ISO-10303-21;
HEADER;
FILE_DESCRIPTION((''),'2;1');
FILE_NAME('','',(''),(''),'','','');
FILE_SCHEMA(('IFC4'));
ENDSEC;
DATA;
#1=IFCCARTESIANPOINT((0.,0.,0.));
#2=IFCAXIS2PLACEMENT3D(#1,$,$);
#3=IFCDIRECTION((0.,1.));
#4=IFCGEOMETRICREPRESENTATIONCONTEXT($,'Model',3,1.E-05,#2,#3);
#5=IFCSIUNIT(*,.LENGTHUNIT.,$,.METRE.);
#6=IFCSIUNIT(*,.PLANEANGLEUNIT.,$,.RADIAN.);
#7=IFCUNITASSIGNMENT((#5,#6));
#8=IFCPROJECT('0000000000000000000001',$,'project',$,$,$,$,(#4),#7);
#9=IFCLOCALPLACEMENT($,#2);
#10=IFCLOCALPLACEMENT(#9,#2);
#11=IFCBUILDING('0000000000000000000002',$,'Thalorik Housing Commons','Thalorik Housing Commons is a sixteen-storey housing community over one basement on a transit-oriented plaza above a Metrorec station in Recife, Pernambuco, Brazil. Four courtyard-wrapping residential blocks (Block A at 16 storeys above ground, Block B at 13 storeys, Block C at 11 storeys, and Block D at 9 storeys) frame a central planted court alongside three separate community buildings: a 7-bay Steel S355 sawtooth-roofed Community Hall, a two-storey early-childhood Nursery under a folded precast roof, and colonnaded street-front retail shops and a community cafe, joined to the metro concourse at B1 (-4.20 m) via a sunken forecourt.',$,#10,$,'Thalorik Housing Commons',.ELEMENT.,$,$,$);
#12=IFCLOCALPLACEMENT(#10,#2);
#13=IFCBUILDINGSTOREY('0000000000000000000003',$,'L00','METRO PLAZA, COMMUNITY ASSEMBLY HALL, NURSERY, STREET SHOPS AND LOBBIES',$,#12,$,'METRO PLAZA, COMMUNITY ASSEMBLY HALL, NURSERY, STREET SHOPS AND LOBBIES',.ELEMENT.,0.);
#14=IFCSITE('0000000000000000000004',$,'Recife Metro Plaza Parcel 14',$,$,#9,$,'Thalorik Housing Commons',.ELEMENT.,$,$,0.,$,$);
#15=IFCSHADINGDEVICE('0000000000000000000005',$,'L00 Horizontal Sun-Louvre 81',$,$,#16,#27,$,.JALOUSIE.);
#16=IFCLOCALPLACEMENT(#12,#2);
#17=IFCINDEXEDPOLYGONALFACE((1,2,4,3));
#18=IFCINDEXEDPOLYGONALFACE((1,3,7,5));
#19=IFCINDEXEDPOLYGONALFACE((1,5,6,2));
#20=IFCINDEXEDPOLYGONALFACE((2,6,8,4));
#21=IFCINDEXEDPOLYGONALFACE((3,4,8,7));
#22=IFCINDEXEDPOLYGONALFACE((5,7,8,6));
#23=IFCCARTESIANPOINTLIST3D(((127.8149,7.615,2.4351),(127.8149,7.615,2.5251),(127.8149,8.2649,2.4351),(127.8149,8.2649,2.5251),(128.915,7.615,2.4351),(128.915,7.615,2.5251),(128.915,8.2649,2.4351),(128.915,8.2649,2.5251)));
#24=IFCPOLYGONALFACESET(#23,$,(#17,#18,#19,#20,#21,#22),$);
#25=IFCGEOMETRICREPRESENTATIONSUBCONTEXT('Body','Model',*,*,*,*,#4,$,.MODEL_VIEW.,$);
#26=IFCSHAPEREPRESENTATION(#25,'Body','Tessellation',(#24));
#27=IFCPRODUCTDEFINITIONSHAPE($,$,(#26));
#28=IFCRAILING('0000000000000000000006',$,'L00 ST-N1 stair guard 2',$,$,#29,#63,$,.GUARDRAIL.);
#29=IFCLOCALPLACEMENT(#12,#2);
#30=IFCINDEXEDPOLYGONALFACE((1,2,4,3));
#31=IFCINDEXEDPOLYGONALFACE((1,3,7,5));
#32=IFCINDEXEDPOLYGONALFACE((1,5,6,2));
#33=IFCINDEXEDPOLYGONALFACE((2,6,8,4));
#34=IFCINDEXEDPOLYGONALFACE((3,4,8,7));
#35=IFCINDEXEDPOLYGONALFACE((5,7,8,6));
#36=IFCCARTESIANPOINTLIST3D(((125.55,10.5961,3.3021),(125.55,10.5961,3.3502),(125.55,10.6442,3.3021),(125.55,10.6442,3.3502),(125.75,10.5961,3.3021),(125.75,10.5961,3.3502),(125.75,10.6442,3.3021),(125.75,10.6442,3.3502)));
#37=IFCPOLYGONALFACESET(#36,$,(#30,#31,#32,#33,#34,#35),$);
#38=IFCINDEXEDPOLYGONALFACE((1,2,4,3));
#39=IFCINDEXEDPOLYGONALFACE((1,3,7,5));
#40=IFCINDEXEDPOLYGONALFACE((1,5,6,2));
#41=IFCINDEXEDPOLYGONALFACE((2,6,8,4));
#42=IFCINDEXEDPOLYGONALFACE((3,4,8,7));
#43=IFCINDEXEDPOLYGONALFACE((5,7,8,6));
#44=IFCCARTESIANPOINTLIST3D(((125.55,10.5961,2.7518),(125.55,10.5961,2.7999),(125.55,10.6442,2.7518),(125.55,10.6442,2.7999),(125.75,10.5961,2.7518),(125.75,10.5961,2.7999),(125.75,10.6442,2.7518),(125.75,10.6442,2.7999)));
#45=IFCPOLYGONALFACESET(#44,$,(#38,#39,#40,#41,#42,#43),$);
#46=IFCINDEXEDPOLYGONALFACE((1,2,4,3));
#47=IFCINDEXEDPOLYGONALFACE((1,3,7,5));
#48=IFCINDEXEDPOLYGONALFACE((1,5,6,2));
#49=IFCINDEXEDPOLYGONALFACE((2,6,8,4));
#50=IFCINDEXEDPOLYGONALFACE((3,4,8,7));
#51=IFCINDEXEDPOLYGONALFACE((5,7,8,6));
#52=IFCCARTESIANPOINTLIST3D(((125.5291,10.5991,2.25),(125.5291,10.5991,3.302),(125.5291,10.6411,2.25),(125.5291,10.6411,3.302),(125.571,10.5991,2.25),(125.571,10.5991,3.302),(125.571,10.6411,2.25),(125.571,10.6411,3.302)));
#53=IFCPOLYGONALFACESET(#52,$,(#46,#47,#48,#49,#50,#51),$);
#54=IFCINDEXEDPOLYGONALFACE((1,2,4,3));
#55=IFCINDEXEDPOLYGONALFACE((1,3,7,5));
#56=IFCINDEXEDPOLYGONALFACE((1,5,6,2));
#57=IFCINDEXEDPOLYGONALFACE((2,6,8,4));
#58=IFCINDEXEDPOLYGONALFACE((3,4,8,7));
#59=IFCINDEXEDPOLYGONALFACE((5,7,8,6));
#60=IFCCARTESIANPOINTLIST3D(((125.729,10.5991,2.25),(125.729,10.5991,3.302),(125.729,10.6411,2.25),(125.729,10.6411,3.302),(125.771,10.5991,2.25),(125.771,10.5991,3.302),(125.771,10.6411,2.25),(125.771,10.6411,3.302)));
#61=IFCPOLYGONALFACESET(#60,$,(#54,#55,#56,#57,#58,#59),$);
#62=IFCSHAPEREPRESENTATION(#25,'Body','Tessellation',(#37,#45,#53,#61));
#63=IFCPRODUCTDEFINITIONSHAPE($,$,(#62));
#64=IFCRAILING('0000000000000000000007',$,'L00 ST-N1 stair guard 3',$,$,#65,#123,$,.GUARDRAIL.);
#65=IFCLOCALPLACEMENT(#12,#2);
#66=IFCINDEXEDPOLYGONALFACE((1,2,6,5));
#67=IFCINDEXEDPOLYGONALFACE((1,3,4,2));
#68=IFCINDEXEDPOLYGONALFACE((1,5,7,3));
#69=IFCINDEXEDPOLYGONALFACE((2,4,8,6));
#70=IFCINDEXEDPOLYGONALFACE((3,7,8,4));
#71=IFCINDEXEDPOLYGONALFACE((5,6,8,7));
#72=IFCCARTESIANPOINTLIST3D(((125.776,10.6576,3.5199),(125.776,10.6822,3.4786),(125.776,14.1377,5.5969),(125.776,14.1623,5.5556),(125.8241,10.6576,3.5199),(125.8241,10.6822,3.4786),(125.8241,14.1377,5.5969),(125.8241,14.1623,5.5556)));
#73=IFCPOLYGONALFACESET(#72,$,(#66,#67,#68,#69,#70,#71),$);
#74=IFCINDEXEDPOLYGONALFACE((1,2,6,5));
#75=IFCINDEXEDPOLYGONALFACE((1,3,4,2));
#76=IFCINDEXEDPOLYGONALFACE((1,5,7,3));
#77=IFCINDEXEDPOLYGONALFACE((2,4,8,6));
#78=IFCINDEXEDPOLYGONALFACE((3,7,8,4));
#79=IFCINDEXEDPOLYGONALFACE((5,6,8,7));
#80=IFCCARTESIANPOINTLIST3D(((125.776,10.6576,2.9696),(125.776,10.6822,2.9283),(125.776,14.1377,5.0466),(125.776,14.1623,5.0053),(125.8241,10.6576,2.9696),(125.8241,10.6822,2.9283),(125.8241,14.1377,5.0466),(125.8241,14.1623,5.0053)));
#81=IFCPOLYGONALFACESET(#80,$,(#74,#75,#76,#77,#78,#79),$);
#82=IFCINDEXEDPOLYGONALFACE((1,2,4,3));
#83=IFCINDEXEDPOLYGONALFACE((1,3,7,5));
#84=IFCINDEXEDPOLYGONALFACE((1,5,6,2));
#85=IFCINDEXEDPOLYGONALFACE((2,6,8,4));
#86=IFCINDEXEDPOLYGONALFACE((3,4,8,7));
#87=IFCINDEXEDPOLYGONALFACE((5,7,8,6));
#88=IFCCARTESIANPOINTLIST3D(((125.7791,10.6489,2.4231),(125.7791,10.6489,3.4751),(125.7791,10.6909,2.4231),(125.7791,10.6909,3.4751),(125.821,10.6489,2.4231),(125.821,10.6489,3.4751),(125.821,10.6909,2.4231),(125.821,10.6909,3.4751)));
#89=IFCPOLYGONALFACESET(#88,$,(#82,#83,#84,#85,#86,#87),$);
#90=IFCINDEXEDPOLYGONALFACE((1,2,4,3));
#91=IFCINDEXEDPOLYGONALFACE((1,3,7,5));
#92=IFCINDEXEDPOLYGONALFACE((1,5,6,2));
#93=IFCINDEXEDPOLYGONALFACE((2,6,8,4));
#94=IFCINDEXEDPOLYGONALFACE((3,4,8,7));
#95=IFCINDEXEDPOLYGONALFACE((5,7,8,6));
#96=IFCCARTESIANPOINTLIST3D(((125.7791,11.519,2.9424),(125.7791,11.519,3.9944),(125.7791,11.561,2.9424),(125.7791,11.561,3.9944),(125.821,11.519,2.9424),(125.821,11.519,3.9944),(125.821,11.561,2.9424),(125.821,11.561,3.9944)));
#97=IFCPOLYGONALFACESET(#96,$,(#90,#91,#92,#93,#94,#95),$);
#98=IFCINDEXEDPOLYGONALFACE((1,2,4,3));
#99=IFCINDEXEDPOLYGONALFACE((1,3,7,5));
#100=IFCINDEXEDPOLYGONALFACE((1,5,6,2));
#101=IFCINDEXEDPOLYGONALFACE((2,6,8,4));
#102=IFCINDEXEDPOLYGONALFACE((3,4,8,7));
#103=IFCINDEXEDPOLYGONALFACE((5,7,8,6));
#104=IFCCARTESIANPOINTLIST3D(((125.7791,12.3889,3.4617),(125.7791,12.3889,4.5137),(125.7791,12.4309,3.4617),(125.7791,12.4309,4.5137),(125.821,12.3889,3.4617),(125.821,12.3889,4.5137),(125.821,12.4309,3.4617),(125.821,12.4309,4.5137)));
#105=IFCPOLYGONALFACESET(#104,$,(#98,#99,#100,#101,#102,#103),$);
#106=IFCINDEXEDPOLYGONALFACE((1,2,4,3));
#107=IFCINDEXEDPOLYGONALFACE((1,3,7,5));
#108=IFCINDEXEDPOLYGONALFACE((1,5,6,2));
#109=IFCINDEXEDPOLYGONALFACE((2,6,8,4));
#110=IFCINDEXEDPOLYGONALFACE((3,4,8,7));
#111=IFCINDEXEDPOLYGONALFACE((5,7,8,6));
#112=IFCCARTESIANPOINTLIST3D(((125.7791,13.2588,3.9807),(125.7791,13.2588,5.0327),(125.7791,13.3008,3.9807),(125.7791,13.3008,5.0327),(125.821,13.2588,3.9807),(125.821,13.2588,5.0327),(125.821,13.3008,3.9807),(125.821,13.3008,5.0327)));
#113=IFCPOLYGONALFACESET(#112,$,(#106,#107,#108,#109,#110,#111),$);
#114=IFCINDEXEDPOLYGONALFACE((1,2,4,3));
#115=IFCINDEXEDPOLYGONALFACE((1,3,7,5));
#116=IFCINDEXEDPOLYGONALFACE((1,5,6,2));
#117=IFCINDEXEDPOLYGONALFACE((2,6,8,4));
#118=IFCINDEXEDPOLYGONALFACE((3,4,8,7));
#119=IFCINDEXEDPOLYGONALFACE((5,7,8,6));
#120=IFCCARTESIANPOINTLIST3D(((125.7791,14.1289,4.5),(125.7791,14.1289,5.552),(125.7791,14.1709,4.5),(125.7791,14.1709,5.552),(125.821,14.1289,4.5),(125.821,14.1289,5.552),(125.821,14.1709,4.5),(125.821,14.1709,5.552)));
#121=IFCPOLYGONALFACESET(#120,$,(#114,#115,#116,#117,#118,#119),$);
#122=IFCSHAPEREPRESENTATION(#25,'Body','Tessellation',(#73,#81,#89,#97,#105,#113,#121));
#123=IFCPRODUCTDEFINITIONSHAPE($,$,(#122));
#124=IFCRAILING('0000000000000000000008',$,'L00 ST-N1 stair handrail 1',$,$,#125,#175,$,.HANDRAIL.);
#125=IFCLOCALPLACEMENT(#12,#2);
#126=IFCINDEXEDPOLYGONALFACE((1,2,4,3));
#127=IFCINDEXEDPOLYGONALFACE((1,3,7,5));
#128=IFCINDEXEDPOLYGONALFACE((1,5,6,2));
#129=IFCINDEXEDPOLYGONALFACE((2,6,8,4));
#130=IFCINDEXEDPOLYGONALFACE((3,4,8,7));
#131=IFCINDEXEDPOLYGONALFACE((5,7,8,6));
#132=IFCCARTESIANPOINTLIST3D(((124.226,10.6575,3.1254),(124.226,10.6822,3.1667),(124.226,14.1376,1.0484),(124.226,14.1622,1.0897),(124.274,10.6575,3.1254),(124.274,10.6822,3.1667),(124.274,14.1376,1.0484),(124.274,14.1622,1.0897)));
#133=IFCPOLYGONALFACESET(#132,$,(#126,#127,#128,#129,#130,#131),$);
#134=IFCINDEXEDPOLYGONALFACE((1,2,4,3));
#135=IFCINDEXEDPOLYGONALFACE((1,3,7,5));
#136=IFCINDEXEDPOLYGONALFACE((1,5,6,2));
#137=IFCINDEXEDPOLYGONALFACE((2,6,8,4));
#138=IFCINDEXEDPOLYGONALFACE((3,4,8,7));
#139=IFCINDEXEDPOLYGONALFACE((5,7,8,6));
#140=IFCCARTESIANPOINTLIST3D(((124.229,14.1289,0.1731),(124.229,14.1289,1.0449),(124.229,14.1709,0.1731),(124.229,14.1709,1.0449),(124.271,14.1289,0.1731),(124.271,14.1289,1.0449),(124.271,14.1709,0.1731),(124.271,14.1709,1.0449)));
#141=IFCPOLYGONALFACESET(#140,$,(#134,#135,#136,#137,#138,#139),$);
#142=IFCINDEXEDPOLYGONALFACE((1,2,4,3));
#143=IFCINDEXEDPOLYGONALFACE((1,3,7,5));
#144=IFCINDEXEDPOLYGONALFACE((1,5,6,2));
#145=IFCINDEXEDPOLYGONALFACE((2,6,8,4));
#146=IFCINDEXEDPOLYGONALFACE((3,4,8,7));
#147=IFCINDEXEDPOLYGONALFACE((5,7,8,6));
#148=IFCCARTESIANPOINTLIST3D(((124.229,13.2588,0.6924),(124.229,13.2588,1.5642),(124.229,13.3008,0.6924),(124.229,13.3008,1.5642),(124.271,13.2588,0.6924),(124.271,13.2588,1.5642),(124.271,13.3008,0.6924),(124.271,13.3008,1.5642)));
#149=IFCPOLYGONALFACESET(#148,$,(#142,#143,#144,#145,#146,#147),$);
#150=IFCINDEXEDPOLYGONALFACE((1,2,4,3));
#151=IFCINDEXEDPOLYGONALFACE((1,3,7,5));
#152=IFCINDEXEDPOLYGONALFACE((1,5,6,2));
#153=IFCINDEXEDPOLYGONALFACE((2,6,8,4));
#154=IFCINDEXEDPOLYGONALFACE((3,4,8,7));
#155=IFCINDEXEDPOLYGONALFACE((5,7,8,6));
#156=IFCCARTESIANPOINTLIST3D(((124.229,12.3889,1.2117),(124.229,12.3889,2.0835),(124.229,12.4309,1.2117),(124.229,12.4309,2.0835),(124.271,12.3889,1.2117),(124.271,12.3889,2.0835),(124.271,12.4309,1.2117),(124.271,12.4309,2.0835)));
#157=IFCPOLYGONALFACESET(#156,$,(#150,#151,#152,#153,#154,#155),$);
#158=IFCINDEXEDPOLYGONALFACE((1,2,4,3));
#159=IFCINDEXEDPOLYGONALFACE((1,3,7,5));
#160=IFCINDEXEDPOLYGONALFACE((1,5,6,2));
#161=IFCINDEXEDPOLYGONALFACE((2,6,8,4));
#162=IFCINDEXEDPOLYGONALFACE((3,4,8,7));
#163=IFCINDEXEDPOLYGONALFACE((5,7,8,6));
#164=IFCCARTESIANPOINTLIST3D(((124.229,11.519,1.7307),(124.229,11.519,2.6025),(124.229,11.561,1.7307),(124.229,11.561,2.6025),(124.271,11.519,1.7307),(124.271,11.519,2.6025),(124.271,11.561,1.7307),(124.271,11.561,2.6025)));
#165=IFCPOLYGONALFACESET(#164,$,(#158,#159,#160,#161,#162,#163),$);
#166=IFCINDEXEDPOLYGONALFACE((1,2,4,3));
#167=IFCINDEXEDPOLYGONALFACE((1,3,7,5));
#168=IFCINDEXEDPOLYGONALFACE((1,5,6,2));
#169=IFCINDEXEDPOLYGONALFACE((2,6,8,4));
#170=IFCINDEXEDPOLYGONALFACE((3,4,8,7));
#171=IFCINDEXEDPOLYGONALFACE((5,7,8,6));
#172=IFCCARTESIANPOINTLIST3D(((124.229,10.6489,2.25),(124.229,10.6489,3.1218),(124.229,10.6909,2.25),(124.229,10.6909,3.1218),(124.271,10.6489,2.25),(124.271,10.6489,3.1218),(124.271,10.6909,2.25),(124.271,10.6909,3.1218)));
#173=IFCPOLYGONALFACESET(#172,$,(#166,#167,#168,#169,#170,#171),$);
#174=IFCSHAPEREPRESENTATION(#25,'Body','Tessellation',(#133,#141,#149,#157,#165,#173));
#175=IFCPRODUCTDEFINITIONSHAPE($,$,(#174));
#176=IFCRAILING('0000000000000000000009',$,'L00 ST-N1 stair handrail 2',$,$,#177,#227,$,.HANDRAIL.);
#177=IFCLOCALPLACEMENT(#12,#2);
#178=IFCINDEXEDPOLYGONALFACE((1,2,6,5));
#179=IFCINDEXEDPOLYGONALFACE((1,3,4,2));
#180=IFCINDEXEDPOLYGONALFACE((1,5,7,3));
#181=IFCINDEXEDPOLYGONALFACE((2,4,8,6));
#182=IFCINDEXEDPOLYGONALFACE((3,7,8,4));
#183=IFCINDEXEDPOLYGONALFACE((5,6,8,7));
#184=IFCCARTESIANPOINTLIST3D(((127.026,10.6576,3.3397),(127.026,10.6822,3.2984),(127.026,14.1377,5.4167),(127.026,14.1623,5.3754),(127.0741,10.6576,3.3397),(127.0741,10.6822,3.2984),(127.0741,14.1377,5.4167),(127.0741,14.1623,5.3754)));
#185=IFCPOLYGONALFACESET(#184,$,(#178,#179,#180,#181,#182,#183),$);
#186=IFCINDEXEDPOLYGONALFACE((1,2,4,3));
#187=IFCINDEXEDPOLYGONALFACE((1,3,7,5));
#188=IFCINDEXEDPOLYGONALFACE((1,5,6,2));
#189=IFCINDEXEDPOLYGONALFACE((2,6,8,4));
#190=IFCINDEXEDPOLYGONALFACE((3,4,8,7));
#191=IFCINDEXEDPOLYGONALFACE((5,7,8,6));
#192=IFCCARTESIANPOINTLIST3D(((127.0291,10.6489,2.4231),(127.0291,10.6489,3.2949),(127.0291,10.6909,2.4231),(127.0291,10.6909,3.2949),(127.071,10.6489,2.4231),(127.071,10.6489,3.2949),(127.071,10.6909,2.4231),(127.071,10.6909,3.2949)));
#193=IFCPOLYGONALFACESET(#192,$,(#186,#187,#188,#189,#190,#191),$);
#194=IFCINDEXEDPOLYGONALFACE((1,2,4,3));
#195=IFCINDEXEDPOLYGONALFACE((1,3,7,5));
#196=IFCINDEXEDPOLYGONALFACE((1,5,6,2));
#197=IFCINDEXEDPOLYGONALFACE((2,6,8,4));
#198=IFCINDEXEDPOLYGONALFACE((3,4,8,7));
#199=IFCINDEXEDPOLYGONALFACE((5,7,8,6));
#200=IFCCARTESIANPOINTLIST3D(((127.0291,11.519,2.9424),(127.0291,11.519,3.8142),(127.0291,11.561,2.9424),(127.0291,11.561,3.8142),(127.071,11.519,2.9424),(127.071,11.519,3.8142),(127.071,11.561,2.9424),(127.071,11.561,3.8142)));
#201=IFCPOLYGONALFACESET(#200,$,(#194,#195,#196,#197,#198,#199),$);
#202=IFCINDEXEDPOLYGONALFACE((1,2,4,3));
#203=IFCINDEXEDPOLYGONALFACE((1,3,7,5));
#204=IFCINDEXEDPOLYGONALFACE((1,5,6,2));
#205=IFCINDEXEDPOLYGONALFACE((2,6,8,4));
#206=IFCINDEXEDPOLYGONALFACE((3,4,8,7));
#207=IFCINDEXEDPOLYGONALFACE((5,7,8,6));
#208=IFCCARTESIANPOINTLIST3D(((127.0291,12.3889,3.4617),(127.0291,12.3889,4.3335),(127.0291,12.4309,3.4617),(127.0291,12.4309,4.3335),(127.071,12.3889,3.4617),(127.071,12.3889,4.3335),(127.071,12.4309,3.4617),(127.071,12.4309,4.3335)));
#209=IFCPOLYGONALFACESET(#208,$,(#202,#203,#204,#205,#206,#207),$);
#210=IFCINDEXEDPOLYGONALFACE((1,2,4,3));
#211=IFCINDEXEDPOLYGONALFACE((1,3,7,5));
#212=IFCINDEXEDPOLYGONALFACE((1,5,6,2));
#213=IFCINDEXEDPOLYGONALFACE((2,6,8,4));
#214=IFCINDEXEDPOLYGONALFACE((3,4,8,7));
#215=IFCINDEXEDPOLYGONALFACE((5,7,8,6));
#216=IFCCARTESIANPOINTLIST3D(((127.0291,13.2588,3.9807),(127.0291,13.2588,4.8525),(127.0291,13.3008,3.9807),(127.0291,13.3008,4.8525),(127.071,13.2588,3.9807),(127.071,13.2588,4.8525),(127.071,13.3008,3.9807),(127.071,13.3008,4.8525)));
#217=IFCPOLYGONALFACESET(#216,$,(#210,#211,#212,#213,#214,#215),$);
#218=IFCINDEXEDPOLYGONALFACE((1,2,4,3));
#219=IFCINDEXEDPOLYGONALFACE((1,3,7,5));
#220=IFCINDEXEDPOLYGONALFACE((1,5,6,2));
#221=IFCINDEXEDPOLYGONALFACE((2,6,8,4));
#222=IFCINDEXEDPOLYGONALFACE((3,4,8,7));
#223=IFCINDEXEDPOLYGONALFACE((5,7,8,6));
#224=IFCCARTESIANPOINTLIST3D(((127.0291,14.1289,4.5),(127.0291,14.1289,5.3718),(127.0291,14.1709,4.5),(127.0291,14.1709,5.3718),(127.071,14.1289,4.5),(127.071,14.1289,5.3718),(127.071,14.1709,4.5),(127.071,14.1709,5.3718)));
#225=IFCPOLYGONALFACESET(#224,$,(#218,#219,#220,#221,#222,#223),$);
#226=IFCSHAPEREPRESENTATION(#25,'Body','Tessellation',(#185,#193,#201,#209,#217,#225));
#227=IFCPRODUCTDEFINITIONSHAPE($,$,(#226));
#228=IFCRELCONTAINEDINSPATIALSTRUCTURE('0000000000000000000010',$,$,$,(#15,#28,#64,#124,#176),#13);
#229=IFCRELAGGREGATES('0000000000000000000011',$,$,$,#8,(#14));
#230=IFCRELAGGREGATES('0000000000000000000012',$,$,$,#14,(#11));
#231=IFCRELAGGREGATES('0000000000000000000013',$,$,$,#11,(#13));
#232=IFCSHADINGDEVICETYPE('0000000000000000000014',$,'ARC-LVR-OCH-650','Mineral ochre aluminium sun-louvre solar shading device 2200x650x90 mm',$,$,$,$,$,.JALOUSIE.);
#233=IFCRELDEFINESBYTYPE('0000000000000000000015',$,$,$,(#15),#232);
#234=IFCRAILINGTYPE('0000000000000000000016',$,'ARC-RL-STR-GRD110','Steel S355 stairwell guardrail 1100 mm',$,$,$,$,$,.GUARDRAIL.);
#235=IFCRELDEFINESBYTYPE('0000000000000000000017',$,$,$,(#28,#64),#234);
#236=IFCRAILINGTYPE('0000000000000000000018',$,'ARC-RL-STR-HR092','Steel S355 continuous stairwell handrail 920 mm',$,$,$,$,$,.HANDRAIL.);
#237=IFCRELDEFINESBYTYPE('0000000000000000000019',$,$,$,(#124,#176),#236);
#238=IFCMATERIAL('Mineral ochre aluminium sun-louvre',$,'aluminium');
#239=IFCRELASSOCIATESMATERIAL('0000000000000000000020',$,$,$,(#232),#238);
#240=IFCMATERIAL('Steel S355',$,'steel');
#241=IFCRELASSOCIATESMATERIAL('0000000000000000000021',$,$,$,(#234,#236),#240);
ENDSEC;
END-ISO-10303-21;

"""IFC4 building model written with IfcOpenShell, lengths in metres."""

from ifc_helpers import new_model, si_unit, direction, frame, origin, origin_2d, place, context, subcontext, project, spatial, rectangle, extrude, material, type_object, element, save


model = new_model("IFC4")

# Units and contexts
model_context = context("Model", 3, precision=1e-05, world=origin(), true_north=direction((0.0, 1.0)))
body_context = subcontext(model_context, "Body", "Model", "MODEL_VIEW")
ifc_project = project(units=[si_unit("LENGTHUNIT", "METRE"), si_unit("PLANEANGLEUNIT", "RADIAN")], contexts=[model_context])

# Site, building, storey
site_placement = place(None, origin())
site = spatial("IfcSite", under=ifc_project, at=site_placement, Name="Recife Metro Plaza Parcel 14", LongName="Thalorik Housing Commons", CompositionType="ELEMENT", RefElevation=0.0)
building_placement = place(site_placement, origin())
building = spatial("IfcBuilding", under=site, at=building_placement, Name="Thalorik Housing Commons", Description="Thalorik Housing Commons is a sixteen-storey housing community over one basement on a transit-oriented plaza above a Metrorec station in Recife, Pernambuco, Brazil. Four courtyard-wrapping residential blocks (Block A at 16 storeys above ground, Block B at 13 storeys, Block C at 11 storeys, and Block D at 9 storeys) frame a central planted court alongside three separate community buildings: a 7-bay Steel S355 sawtooth-roofed Community Hall, a two-storey early-childhood Nursery under a folded precast roof, and colonnaded street-front retail shops and a community cafe, joined to the metro concourse at B1 (-4.20 m) via a sunken forecourt.", LongName="Thalorik Housing Commons", CompositionType="ELEMENT")
storey_placement = place(building_placement, origin())
storey = spatial("IfcBuildingStorey", under=building, at=storey_placement, Name="L00", Description="METRO PLAZA, COMMUNITY ASSEMBLY HALL, NURSERY, STREET SHOPS AND LOBBIES", LongName="METRO PLAZA, COMMUNITY ASSEMBLY HALL, NURSERY, STREET SHOPS AND LOBBIES", CompositionType="ELEMENT", Elevation=0.0)

# Shared definitions
ifc_material_1 = material(Name="Steel S355", Category="steel")

# Shading device
ifc_material_2 = material(Name="Mineral ochre aluminium sun-louvre", Category="aluminium")
shading_device_type = type_object("IfcShadingDeviceType", Name="ARC-LVR-OCH-650", Description="Mineral ochre aluminium sun-louvre solar shading device 2200x650x90 mm", PredefinedType="JALOUSIE", material=ifc_material_2)
for number, where, z_axis, x_axis, name in (
    (1, (128.365, 7.9399, 2.4351), (0.0, 0.0, 1.0), (1.0, 0.0, 0.0), "L00 Horizontal Sun-Louvre 81"),
):
    element("IfcShadingDevice", number, at=place(storey_placement, frame(where, z_axis=z_axis, x_axis=x_axis)), inside=storey, type_object=shading_device_type, Name=name, PredefinedType="JALOUSIE", context=body_context, shape_type="SweptSolid", body=[
        extrude(rectangle(XDim=1.1001, YDim=0.6499, at=origin_2d()), origin(), (0.0, 0.0, 1.0), 0.0901),
    ])

# Railings
railing_type_1 = type_object("IfcRailingType", Name="ARC-RL-STR-GRD110", Description="Steel S355 stairwell guardrail 1100 mm", PredefinedType="GUARDRAIL", material=ifc_material_1)
railing_1_placement = place(storey_placement, frame((125.55, 10.6201, 2.25)))
element("IfcRailing", 2, at=railing_1_placement, inside=storey, type_object=railing_type_1, Name="L00 ST-N1 stair guard 2", PredefinedType="GUARDRAIL", context=body_context, shape_type="SweptSolid", body=[
    extrude(rectangle(XDim=0.0481, YDim=0.0481, at=origin_2d()), frame((0.0, 0.0, 1.0762), z_axis=(1.0, 0.0, 0.0), x_axis=(0.0, 1.0, 0.0)), (0.0, 0.0, 1.0), 0.2),
    extrude(rectangle(XDim=0.0481, YDim=0.0481, at=origin_2d()), frame((0.0, 0.0, 0.5259), z_axis=(1.0, 0.0, 0.0), x_axis=(0.0, 1.0, 0.0)), (0.0, 0.0, 1.0), 0.2),
    extrude(rectangle(XDim=0.042, YDim=0.042, at=origin_2d()), origin(), (0.0, 0.0, 1.0), 1.052),
    extrude(rectangle(XDim=0.042, YDim=0.042, at=origin_2d()), frame((0.2, 0.0, 0.0)), (0.0, 0.0, 1.0), 1.052),
])
railing_2_placement = place(storey_placement, frame((125.8, 10.6699, 2.4231)))
element("IfcRailing", 3, at=railing_2_placement, inside=storey, type_object=railing_type_1, Name="L00 ST-N1 stair guard 3", PredefinedType="GUARDRAIL", context=body_context, shape_type="SweptSolid", body=[
    extrude(rectangle(XDim=0.0481, YDim=0.0481, at=origin_2d()), frame((0.0, 0.0, 1.0762), z_axis=(0.0, 0.858697, 0.512483), x_axis=(-1.0, 0.0, 0.0)), (0.0, 0.0, 1.0), 4.0527),
    extrude(rectangle(XDim=0.0481, YDim=0.0481, at=origin_2d()), frame((0.0, 0.0, 0.5259), z_axis=(0.0, 0.858697, 0.512483), x_axis=(-1.0, 0.0, 0.0)), (0.0, 0.0, 1.0), 4.0527),
    extrude(rectangle(XDim=0.042, YDim=0.042, at=origin_2d()), origin(), (0.0, 0.0, 1.0), 1.052),
    extrude(rectangle(XDim=0.042, YDim=0.042, at=origin_2d()), frame((0.0, 0.8701, 0.5193)), (0.0, 0.0, 1.0), 1.052),
    extrude(rectangle(XDim=0.042, YDim=0.042, at=origin_2d()), frame((0.0, 1.74, 1.0386)), (0.0, 0.0, 1.0), 1.052),
    extrude(rectangle(XDim=0.042, YDim=0.042, at=origin_2d()), frame((0.0, 2.6099, 1.5576)), (0.0, 0.0, 1.0), 1.052),
    extrude(rectangle(XDim=0.042, YDim=0.042, at=origin_2d()), frame((0.0, 3.48, 2.0769)), (0.0, 0.0, 1.0), 1.052),
])
railing_type_2 = type_object("IfcRailingType", Name="ARC-RL-STR-HR092", Description="Steel S355 continuous stairwell handrail 920 mm", PredefinedType="HANDRAIL", material=ifc_material_1)
railing_3_placement = place(storey_placement, frame((124.25, 14.1499, 0.1731)))
element("IfcRailing", 4, at=railing_3_placement, inside=storey, type_object=railing_type_2, Name="L00 ST-N1 stair handrail 1", PredefinedType="HANDRAIL", context=body_context, shape_type="SweptSolid", body=[
    extrude(rectangle(XDim=0.0481, YDim=0.0481, at=origin_2d()), frame((0.0, 0.0, 0.896), z_axis=(0.0, -0.858697, 0.512483), x_axis=(1.0, 0.0, 0.0)), (0.0, 0.0, 1.0), 4.0527),
    extrude(rectangle(XDim=0.042, YDim=0.042, at=origin_2d()), origin(), (0.0, 0.0, 1.0), 0.8718),
    extrude(rectangle(XDim=0.042, YDim=0.042, at=origin_2d()), frame((0.0, -0.8701, 0.5193)), (0.0, 0.0, 1.0), 0.8718),
    extrude(rectangle(XDim=0.042, YDim=0.042, at=origin_2d()), frame((0.0, -1.74, 1.0386)), (0.0, 0.0, 1.0), 0.8718),
    extrude(rectangle(XDim=0.042, YDim=0.042, at=origin_2d()), frame((0.0, -2.6099, 1.5576)), (0.0, 0.0, 1.0), 0.8718),
    extrude(rectangle(XDim=0.042, YDim=0.042, at=origin_2d()), frame((0.0, -3.48, 2.0769)), (0.0, 0.0, 1.0), 0.8718),
])
railing_4_placement = place(storey_placement, frame((127.05, 10.6699, 2.4231)))
element("IfcRailing", 5, at=railing_4_placement, inside=storey, type_object=railing_type_2, Name="L00 ST-N1 stair handrail 2", PredefinedType="HANDRAIL", context=body_context, shape_type="SweptSolid", body=[
    extrude(rectangle(XDim=0.0481, YDim=0.0481, at=origin_2d()), frame((0.0, 0.0, 0.896), z_axis=(0.0, 0.858697, 0.512483), x_axis=(-1.0, 0.0, 0.0)), (0.0, 0.0, 1.0), 4.0527),
    extrude(rectangle(XDim=0.042, YDim=0.042, at=origin_2d()), origin(), (0.0, 0.0, 1.0), 0.8718),
    extrude(rectangle(XDim=0.042, YDim=0.042, at=origin_2d()), frame((0.0, 0.8701, 0.5193)), (0.0, 0.0, 1.0), 0.8718),
    extrude(rectangle(XDim=0.042, YDim=0.042, at=origin_2d()), frame((0.0, 1.74, 1.0386)), (0.0, 0.0, 1.0), 0.8718),
    extrude(rectangle(XDim=0.042, YDim=0.042, at=origin_2d()), frame((0.0, 2.6099, 1.5576)), (0.0, 0.0, 1.0), 0.8718),
    extrude(rectangle(XDim=0.042, YDim=0.042, at=origin_2d()), frame((0.0, 3.48, 2.0769)), (0.0, 0.0, 1.0), 0.8718),
])

save(model, "model.ifc")
